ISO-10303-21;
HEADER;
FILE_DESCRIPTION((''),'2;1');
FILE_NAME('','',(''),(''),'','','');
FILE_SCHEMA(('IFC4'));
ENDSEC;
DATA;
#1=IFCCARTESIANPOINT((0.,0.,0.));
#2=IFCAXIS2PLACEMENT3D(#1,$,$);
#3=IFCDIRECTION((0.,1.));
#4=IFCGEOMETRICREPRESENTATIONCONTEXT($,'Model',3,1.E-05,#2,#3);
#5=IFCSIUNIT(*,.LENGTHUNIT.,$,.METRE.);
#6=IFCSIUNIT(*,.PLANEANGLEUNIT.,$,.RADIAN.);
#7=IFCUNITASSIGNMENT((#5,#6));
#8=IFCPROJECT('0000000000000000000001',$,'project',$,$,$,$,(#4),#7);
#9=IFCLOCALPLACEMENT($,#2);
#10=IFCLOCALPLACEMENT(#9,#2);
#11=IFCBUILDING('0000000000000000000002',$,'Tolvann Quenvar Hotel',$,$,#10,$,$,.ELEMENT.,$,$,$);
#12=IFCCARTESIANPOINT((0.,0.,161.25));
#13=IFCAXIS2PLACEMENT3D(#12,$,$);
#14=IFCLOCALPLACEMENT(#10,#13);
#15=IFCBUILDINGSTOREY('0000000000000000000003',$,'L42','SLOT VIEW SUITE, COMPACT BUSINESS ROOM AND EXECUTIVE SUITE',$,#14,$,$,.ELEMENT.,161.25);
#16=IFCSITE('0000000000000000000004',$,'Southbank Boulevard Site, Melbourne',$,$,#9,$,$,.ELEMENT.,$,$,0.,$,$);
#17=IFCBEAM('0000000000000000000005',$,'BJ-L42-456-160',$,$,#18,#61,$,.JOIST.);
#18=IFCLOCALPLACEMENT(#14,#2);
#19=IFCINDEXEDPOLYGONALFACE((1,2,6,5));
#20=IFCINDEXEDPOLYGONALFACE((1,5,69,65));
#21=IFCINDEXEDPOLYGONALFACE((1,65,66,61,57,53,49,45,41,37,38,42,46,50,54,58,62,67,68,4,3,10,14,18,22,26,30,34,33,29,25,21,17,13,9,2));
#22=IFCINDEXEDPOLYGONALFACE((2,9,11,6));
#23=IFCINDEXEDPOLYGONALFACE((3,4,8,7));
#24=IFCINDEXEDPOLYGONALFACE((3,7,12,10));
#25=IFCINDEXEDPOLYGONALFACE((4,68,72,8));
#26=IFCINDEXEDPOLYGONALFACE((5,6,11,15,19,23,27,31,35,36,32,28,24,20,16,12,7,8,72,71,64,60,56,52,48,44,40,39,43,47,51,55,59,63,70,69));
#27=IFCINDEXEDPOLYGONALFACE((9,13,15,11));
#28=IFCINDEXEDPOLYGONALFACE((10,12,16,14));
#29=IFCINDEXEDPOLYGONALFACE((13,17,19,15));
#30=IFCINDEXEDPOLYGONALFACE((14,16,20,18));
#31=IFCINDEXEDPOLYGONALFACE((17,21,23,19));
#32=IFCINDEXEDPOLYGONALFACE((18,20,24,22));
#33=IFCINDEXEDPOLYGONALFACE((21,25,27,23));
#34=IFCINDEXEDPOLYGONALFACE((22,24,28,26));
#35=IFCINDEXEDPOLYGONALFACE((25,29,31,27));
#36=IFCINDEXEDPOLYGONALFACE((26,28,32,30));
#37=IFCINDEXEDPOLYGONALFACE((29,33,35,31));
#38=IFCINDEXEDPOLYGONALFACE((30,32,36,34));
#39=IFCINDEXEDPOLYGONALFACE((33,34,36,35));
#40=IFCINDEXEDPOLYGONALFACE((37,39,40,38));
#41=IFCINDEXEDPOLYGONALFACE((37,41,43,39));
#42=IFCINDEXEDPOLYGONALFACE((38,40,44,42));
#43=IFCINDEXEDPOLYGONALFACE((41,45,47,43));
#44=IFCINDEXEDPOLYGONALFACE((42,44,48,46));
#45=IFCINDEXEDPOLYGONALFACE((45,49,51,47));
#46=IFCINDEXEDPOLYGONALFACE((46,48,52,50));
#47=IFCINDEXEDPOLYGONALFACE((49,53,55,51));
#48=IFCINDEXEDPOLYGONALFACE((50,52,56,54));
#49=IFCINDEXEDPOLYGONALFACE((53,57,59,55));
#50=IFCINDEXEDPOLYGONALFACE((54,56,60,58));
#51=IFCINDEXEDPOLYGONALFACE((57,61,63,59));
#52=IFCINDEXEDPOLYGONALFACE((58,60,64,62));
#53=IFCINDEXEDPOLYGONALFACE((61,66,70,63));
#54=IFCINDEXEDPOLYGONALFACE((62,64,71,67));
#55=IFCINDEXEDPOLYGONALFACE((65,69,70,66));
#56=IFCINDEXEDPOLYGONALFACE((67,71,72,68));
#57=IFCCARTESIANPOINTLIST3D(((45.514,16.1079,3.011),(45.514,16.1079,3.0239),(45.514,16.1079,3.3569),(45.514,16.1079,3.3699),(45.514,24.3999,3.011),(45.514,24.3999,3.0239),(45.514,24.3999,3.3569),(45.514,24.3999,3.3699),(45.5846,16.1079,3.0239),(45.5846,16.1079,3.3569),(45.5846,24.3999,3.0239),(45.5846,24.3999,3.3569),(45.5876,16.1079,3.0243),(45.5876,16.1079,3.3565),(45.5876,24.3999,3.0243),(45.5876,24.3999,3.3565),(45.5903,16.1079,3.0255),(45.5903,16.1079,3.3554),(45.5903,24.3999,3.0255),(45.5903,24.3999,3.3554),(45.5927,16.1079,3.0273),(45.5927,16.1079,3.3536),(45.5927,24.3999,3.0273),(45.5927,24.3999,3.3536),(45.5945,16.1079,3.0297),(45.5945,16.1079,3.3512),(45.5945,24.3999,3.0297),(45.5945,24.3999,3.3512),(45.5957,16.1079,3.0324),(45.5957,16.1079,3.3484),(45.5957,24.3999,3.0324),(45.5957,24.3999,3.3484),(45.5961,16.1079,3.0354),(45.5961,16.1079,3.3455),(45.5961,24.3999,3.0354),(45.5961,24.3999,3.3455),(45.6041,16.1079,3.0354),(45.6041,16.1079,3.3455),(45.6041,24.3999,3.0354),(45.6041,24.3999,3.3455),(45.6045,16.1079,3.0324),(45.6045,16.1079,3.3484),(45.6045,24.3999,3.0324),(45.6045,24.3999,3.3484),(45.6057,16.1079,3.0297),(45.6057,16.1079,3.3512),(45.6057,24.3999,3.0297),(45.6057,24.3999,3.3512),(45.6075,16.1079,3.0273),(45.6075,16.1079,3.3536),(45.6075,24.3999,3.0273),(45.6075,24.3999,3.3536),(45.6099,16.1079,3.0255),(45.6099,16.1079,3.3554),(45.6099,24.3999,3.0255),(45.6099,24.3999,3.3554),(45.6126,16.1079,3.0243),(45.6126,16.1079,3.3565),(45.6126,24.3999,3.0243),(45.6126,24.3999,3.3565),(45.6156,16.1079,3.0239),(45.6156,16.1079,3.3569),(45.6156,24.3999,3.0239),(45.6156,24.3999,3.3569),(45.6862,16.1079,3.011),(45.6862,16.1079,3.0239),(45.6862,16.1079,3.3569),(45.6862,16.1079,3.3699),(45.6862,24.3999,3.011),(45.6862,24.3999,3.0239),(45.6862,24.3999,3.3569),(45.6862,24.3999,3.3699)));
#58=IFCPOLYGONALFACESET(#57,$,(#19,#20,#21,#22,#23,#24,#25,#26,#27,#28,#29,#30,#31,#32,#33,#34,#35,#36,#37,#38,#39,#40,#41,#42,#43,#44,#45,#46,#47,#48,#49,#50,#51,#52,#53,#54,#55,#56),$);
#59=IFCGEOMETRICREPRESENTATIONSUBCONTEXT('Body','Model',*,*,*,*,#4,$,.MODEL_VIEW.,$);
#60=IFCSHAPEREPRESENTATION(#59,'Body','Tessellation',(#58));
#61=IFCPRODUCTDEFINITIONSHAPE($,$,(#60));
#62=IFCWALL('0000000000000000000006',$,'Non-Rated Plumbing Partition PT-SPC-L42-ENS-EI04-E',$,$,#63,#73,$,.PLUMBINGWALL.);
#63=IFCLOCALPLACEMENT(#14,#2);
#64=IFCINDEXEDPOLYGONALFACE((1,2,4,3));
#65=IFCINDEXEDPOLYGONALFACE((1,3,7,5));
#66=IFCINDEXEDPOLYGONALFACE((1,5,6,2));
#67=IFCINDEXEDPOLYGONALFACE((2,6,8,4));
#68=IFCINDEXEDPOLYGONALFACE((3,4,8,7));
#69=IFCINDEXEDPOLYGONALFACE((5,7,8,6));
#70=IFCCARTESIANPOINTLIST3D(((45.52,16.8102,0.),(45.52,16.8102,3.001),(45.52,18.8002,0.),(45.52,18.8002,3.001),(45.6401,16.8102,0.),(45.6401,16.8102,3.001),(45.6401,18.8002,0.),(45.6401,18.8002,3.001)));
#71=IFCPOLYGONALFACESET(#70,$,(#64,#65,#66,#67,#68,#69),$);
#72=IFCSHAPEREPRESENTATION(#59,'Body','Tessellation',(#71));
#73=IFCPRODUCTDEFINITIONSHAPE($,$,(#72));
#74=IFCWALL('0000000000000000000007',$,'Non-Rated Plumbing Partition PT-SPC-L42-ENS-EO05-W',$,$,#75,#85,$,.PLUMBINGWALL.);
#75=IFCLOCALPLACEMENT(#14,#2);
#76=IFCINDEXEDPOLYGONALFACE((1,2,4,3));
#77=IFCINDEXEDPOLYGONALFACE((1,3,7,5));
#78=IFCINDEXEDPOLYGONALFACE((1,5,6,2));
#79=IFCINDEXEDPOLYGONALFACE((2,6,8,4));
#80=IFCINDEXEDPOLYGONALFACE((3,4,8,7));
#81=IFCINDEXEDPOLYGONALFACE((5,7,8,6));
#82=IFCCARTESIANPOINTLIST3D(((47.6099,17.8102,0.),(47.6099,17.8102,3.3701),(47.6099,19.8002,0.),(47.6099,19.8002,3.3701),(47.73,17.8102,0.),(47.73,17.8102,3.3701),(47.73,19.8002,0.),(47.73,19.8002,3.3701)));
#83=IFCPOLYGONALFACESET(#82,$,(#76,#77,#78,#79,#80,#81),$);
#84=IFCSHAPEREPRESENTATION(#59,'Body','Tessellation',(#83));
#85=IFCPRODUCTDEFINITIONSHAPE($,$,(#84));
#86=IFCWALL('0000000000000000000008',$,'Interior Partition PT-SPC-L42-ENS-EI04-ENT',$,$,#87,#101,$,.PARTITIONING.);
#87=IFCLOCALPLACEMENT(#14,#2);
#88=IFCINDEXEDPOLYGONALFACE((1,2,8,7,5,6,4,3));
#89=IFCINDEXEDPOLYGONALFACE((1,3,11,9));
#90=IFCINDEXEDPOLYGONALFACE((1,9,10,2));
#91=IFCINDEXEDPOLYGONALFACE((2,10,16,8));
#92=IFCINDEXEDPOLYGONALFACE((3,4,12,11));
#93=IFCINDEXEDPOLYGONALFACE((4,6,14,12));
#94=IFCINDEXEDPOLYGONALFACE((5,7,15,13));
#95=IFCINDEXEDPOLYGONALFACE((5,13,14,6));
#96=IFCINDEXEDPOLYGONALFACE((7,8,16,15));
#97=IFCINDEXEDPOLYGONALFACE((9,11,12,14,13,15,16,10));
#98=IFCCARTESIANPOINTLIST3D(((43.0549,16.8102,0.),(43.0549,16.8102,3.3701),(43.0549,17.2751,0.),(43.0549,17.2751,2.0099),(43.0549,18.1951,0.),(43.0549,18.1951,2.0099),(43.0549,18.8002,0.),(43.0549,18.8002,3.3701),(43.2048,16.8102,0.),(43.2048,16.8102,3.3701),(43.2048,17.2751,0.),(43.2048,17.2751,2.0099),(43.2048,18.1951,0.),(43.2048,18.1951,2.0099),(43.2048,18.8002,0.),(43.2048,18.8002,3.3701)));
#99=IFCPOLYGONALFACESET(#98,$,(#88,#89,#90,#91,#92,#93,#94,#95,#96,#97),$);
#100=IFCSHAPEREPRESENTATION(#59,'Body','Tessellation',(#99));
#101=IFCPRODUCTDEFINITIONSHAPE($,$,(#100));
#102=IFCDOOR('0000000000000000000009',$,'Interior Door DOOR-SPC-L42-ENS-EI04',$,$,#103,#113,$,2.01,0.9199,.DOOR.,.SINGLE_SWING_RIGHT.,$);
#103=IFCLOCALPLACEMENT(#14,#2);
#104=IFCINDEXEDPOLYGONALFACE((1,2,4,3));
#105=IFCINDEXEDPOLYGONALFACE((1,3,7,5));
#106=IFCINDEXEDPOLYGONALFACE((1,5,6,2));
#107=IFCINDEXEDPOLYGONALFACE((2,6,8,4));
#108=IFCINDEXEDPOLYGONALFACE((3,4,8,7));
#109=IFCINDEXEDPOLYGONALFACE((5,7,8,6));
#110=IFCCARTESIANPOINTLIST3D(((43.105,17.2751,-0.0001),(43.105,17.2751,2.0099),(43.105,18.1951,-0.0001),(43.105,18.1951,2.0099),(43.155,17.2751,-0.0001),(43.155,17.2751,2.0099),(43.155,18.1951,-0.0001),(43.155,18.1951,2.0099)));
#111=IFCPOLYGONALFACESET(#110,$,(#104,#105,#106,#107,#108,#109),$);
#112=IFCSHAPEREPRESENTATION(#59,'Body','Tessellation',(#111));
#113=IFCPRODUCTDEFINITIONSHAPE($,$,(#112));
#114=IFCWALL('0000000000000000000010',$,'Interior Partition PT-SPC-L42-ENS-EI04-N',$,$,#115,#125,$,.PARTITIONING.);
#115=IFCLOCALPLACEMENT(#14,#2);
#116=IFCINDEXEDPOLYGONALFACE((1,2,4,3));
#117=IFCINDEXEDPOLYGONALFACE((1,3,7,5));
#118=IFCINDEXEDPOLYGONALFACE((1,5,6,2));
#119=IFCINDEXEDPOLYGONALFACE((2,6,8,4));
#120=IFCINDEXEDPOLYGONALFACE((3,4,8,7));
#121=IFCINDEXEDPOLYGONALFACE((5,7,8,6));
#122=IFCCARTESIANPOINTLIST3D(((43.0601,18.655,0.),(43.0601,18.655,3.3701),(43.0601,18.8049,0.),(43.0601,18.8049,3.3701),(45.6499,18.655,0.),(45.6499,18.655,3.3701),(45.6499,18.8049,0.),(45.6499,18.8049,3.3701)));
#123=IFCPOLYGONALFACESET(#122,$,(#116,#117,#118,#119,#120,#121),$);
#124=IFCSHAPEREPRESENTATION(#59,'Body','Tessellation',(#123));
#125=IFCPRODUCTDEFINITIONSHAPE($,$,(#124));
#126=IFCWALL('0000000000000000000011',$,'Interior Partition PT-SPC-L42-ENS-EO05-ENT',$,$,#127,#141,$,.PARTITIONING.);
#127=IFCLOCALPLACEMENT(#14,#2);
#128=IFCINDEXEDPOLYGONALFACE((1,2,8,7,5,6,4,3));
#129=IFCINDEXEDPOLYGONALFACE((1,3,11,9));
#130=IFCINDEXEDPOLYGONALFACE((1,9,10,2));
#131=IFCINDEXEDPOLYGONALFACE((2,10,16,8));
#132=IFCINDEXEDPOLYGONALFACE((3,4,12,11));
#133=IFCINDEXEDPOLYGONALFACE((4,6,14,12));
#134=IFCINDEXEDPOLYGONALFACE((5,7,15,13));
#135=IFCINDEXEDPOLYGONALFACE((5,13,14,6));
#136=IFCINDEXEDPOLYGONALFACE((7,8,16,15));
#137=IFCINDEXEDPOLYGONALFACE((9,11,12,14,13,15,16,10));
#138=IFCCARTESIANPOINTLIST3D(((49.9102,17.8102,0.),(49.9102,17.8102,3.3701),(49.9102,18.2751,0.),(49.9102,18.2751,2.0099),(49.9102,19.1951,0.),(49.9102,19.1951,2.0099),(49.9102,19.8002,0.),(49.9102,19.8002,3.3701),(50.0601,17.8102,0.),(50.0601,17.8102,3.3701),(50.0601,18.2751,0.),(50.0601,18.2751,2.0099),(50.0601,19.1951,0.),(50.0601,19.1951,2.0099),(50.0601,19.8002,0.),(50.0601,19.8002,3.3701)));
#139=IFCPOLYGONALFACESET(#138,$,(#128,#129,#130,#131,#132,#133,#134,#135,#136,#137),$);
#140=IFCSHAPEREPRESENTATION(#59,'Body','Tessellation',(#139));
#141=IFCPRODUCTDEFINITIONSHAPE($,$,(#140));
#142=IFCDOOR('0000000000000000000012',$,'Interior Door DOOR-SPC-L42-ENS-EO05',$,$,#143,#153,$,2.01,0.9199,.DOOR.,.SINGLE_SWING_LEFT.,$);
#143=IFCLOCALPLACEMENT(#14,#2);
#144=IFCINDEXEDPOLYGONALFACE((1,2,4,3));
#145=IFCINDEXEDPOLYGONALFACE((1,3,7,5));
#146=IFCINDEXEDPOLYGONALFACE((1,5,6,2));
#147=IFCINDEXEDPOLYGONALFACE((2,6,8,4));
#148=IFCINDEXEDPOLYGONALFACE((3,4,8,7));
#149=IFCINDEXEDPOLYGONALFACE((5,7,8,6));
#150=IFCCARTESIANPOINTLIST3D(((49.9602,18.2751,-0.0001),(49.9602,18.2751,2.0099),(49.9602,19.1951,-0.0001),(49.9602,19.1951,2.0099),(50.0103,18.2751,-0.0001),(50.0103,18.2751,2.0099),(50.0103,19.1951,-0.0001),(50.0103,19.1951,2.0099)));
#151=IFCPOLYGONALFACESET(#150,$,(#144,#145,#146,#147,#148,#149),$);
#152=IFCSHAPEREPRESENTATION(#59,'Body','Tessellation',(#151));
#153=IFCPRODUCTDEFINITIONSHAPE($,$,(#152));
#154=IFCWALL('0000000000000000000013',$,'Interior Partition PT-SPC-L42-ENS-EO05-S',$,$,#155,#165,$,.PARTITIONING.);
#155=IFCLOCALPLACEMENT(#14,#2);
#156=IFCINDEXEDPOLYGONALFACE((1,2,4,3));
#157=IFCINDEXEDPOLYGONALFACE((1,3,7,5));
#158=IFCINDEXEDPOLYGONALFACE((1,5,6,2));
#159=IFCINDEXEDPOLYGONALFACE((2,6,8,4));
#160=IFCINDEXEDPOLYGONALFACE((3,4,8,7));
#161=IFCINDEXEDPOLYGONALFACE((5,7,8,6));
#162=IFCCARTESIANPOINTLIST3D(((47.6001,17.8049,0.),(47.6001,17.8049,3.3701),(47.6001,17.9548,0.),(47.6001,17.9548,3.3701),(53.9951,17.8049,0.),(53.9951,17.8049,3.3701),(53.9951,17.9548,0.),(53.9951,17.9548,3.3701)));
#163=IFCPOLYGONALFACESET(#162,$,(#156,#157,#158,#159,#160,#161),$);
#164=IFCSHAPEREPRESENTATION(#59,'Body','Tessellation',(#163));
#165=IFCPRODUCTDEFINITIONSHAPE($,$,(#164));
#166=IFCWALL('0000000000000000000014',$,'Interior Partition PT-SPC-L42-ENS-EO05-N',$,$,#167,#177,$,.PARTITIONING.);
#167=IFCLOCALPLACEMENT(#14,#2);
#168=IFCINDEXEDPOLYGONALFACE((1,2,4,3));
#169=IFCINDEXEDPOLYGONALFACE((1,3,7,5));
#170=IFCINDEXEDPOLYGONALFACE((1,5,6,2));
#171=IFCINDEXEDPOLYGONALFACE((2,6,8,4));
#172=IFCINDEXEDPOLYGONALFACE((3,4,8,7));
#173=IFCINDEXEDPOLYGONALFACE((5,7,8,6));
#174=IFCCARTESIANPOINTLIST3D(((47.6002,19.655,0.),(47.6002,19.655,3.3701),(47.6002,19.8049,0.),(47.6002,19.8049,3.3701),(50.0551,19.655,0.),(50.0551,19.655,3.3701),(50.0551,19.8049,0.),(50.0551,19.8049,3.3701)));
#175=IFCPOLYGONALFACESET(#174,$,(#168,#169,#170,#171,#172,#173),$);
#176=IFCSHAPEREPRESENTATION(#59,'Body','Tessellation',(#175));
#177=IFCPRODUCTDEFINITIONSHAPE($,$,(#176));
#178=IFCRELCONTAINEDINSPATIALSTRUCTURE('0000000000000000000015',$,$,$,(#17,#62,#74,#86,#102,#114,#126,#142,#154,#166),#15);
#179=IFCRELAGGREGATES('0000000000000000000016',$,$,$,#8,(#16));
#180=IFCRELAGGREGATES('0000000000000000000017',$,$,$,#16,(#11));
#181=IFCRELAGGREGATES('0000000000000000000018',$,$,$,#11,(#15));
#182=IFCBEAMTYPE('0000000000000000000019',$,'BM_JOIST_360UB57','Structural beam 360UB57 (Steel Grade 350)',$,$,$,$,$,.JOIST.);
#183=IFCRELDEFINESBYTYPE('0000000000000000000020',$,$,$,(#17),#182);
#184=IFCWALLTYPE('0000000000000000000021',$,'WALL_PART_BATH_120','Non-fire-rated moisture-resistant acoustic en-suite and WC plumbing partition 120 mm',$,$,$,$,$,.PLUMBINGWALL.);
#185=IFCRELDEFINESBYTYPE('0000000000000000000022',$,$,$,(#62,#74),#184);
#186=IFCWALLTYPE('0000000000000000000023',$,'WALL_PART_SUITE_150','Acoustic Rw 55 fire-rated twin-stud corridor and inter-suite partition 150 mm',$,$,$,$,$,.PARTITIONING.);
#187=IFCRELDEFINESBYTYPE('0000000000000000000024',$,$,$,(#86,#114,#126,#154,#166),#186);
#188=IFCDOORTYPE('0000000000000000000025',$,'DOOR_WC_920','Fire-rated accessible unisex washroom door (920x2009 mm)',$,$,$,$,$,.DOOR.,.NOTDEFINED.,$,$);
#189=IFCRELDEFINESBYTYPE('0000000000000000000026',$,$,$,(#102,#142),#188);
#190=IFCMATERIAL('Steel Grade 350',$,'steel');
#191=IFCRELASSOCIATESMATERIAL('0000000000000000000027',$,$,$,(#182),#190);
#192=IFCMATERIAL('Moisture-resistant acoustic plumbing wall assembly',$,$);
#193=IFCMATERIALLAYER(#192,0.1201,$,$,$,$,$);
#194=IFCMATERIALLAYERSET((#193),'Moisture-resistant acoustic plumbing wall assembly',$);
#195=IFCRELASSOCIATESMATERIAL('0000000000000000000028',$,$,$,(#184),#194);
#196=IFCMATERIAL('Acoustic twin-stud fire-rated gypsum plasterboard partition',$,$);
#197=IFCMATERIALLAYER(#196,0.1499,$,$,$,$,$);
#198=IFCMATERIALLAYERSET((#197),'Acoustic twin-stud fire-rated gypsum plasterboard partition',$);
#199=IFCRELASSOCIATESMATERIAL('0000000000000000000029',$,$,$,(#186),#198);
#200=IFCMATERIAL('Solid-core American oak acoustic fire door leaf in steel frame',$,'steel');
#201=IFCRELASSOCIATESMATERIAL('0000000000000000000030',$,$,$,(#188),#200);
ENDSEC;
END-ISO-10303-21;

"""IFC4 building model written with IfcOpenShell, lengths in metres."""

from ifc_helpers import new_model, si_unit, direction, frame, frame_2d, origin, origin_2d, place, context, subcontext, project, spatial, rectangle, i_section, extrude, source, transform, mapped, material, layer, layer_set, material_profile, profile_set, type_object, type_shapes, element, fill, save


model = new_model("IFC4")

# Units and contexts
model_context = context("Model", 3, precision=1e-05, world=origin(), true_north=direction((0.0, 1.0)))
body_context = subcontext(model_context, "Body", "Model", "MODEL_VIEW")
ifc_project = project(units=[si_unit("LENGTHUNIT", "METRE"), si_unit("PLANEANGLEUNIT", "RADIAN")], contexts=[model_context])

# Site, building, storey
site_placement = place(None, origin())
site = spatial("IfcSite", under=ifc_project, at=site_placement, Name="Southbank Boulevard Site, Melbourne", CompositionType="ELEMENT", RefElevation=0.0)
building_placement = place(site_placement, origin())
building = spatial("IfcBuilding", under=site, at=building_placement, Name="Tolvann Quenvar Hotel", CompositionType="ELEMENT")
storey_placement = place(building_placement, frame((0.0, 0.0, 161.25)))
storey = spatial("IfcBuildingStorey", under=building, at=storey_placement, Name="L42", Description="SLOT VIEW SUITE, COMPACT BUSINESS ROOM AND EXECUTIVE SUITE", CompositionType="ELEMENT", Elevation=161.25)

# Beam
ifc_material_1 = material(Name="Steel Grade 350", Category="steel")
ifc_material_profile_1 = material_profile(ifc_material_1, i_section(OverallWidth=0.1721, OverallDepth=0.3589, WebThickness=0.0081, FlangeThickness=0.0129, FilletRadius=0.0115, at=origin_2d()), Name="360UB57")
ifc_profile_set_1 = profile_set([ifc_material_profile_1], Name="Steel Grade 350")
beam_type_1 = type_object("IfcBeamType", Name="BM_JOIST_360UB57", Description="Structural beam 360UB57 (Steel Grade 350)", PredefinedType="JOIST", material=ifc_profile_set_1)
shared_shape_1 = source(origin(), body_context, "Body", "SweptSolid", [
    extrude(i_section(OverallWidth=0.1721, OverallDepth=0.3589, WebThickness=0.0081, FlangeThickness=0.0129, FilletRadius=0.0115, at=origin_2d()), origin(), (0.0, 0.0, 1.0), 8.292),
])
type_shapes(beam_type_1, [shared_shape_1])
beam_1_placement = place(storey_placement, frame((45.6001, 16.1079, 3.1904), z_axis=(0.0, 1.0, 0.0), x_axis=(-1.0, 0.0, 0.0)))
element("IfcBeam", 1, at=beam_1_placement, inside=storey, type_object=beam_type_1, Name="BJ-L42-456-160", PredefinedType="JOIST", context=body_context, shape_type="MappedRepresentation", body=[
    mapped(shared_shape_1, transform((0.0, 0.0, 0.0), x_axis=(1.0, 0.0, 0.0), y_axis=(0.0, 1.0, 0.0), z_axis=(0.0, 0.0, 1.0), scale=1.0)),
])

# Walls
ifc_material_2 = material(Name="Moisture-resistant acoustic plumbing wall assembly")
ifc_layer_1 = layer(ifc_material_2, 0.1201)
ifc_layer_set_1 = layer_set([ifc_layer_1], Name="Moisture-resistant acoustic plumbing wall assembly")
wall_type_1 = type_object("IfcWallType", Name="WALL_PART_BATH_120", Description="Non-fire-rated moisture-resistant acoustic en-suite and WC plumbing partition 120 mm", PredefinedType="PLUMBINGWALL", material=ifc_layer_set_1)
wall_1_placement = place(storey_placement, frame((45.5801, 16.8101, 0.0), z_axis=(0.0, 0.0, 1.0), x_axis=(0.0, 1.0, 0.0)))
element("IfcWall", 2, at=wall_1_placement, inside=storey, type_object=wall_type_1, Name="Non-Rated Plumbing Partition PT-SPC-L42-ENS-EI04-E", PredefinedType="PLUMBINGWALL", context=body_context, shape_type="SweptSolid", body=[
    extrude(rectangle(XDim=1.99, YDim=0.1201, at=frame_2d((0.9951, 0.0))), origin(), (0.0, 0.0, 1.0), 3.001),
])
wall_2_placement = place(storey_placement, frame((47.6699, 17.8101, 0.0), z_axis=(0.0, 0.0, 1.0), x_axis=(0.0, 1.0, 0.0)))
element("IfcWall", 3, at=wall_2_placement, inside=storey, type_object=wall_type_1, Name="Non-Rated Plumbing Partition PT-SPC-L42-ENS-EO05-W", PredefinedType="PLUMBINGWALL", context=body_context, shape_type="SweptSolid", body=[
    extrude(rectangle(XDim=1.99, YDim=0.1201, at=frame_2d((0.9951, 0.0))), origin(), (0.0, 0.0, 1.0), 3.3701),
])

# Wall, opening, door
ifc_material_3 = material(Name="Acoustic twin-stud fire-rated gypsum plasterboard partition")
ifc_layer_2 = layer(ifc_material_3, 0.1499)
ifc_layer_set_2 = layer_set([ifc_layer_2], Name="Acoustic twin-stud fire-rated gypsum plasterboard partition")
wall_type_2 = type_object("IfcWallType", Name="WALL_PART_SUITE_150", Description="Acoustic Rw 55 fire-rated twin-stud corridor and inter-suite partition 150 mm", PredefinedType="PARTITIONING", material=ifc_layer_set_2)
wall_3_placement = place(storey_placement, frame((43.1299, 16.8101, 0.0), z_axis=(0.0, 0.0, 1.0), x_axis=(0.0, 1.0, 0.0)))
wall_3 = element("IfcWall", 4, at=wall_3_placement, inside=storey, type_object=wall_type_2, Name="Interior Partition PT-SPC-L42-ENS-EI04-ENT", PredefinedType="PARTITIONING", context=body_context, shape_type="SweptSolid", body=[
    extrude(rectangle(XDim=1.99, YDim=0.1499, at=frame_2d((0.9951, 0.0))), origin(), (0.0, 0.0, 1.0), 3.3701),
])
opening_1_placement = place(wall_3_placement, frame((0.4651, 0.0, 0.0)))
opening_1 = element("IfcOpeningElement", 5, at=opening_1_placement, cuts=wall_3, PredefinedType="OPENING", context=body_context, shape_type="SweptSolid", body=[
    extrude(rectangle(XDim=0.9199, YDim=2.01, at=frame_2d((0.46, 1.0049))), frame((0.0, 0.085, 0.0), z_axis=(0.0, -1.0, 0.0), x_axis=(1.0, 0.0, 0.0)), (0.0, 0.0, 1.0), 0.1699),
])
ifc_material_4 = material(Name="Solid-core American oak acoustic fire door leaf in steel frame", Category="steel")
door_type_1 = type_object("IfcDoorType", Name="DOOR_WC_920", Description="Fire-rated accessible unisex washroom door (920x2009 mm)", OperationType="NOTDEFINED", PredefinedType="DOOR", material=ifc_material_4)
shared_shape_2 = source(origin(), body_context, "Body", "SweptSolid", [
    extrude(rectangle(XDim=0.9199, YDim=2.01, at=frame_2d((0.46, 1.0049))), frame((0.0, 0.0249, 0.0), z_axis=(0.0, -1.0, 0.0), x_axis=(1.0, 0.0, 0.0)), (0.0, 0.0, 1.0), 0.05),
])
type_shapes(door_type_1, [shared_shape_2])
door_1_placement = place(opening_1_placement, origin())
door_1 = element("IfcDoor", 6, at=door_1_placement, inside=storey, type_object=door_type_1, Name="Interior Door DOOR-SPC-L42-ENS-EI04", OperationType="SINGLE_SWING_RIGHT", OverallHeight=2.01, OverallWidth=0.9199, PredefinedType="DOOR", context=body_context, shape_type="MappedRepresentation", body=[
    mapped(shared_shape_2, transform((0.0, 0.0, 0.0), x_axis=(1.0, 0.0, 0.0), y_axis=(0.0, 1.0, 0.0), z_axis=(0.0, 0.0, 1.0), scale=1.0)),
])
fill(opening_1, door_1)

# Wall
wall_4_placement = place(storey_placement, frame((43.0601, 18.73, 0.0), z_axis=(0.0, 0.0, 1.0), x_axis=(1.0, 0.0, 0.0)))
element("IfcWall", 7, at=wall_4_placement, inside=storey, type_object=wall_type_2, Name="Interior Partition PT-SPC-L42-ENS-EI04-N", PredefinedType="PARTITIONING", context=body_context, shape_type="SweptSolid", body=[
    extrude(rectangle(XDim=2.5898, YDim=0.1499, at=frame_2d((1.2949, 0.0))), origin(), (0.0, 0.0, 1.0), 3.3701),
])

# Wall, opening, door
wall_5_placement = place(storey_placement, frame((49.9851, 17.8101, 0.0), z_axis=(0.0, 0.0, 1.0), x_axis=(0.0, 1.0, 0.0)))
wall_5 = element("IfcWall", 8, at=wall_5_placement, inside=storey, type_object=wall_type_2, Name="Interior Partition PT-SPC-L42-ENS-EO05-ENT", PredefinedType="PARTITIONING", context=body_context, shape_type="SweptSolid", body=[
    extrude(rectangle(XDim=1.99, YDim=0.1499, at=frame_2d((0.9951, 0.0))), origin(), (0.0, 0.0, 1.0), 3.3701),
])
opening_2_placement = place(wall_5_placement, frame((0.4651, 0.0, 0.0)))
opening_2 = element("IfcOpeningElement", 9, at=opening_2_placement, cuts=wall_5, PredefinedType="OPENING", context=body_context, shape_type="SweptSolid", body=[
    extrude(rectangle(XDim=0.9199, YDim=2.01, at=frame_2d((0.46, 1.0049))), frame((0.0, 0.085, 0.0), z_axis=(0.0, -1.0, 0.0), x_axis=(1.0, 0.0, 0.0)), (0.0, 0.0, 1.0), 0.1699),
])
door_2_placement = place(opening_2_placement, origin())
door_2 = element("IfcDoor", 10, at=door_2_placement, inside=storey, type_object=door_type_1, Name="Interior Door DOOR-SPC-L42-ENS-EO05", OperationType="SINGLE_SWING_LEFT", OverallHeight=2.01, OverallWidth=0.9199, PredefinedType="DOOR", context=body_context, shape_type="MappedRepresentation", body=[
    mapped(shared_shape_2, transform((0.0, 0.0, 0.0), x_axis=(1.0, 0.0, 0.0), y_axis=(0.0, 1.0, 0.0), z_axis=(0.0, 0.0, 1.0), scale=1.0)),
])
fill(opening_2, door_2)

# Walls
wall_6_placement = place(storey_placement, frame((47.6001, 17.8799, 0.0), z_axis=(0.0, 0.0, 1.0), x_axis=(1.0, 0.0, 0.0)))
element("IfcWall", 11, at=wall_6_placement, inside=storey, type_object=wall_type_2, Name="Interior Partition PT-SPC-L42-ENS-EO05-S", PredefinedType="PARTITIONING", context=body_context, shape_type="SweptSolid", body=[
    extrude(rectangle(XDim=6.395, YDim=0.1499, at=frame_2d((3.1975, 0.0))), origin(), (0.0, 0.0, 1.0), 3.3701),
])
wall_7_placement = place(storey_placement, frame((47.6001, 19.73, 0.0), z_axis=(0.0, 0.0, 1.0), x_axis=(1.0, 0.0, 0.0)))
element("IfcWall", 12, at=wall_7_placement, inside=storey, type_object=wall_type_2, Name="Interior Partition PT-SPC-L42-ENS-EO05-N", PredefinedType="PARTITIONING", context=body_context, shape_type="SweptSolid", body=[
    extrude(rectangle(XDim=2.4548, YDim=0.1499, at=frame_2d((1.2275, 0.0))), origin(), (0.0, 0.0, 1.0), 3.3701),
])

save(model, "model.ifc")
